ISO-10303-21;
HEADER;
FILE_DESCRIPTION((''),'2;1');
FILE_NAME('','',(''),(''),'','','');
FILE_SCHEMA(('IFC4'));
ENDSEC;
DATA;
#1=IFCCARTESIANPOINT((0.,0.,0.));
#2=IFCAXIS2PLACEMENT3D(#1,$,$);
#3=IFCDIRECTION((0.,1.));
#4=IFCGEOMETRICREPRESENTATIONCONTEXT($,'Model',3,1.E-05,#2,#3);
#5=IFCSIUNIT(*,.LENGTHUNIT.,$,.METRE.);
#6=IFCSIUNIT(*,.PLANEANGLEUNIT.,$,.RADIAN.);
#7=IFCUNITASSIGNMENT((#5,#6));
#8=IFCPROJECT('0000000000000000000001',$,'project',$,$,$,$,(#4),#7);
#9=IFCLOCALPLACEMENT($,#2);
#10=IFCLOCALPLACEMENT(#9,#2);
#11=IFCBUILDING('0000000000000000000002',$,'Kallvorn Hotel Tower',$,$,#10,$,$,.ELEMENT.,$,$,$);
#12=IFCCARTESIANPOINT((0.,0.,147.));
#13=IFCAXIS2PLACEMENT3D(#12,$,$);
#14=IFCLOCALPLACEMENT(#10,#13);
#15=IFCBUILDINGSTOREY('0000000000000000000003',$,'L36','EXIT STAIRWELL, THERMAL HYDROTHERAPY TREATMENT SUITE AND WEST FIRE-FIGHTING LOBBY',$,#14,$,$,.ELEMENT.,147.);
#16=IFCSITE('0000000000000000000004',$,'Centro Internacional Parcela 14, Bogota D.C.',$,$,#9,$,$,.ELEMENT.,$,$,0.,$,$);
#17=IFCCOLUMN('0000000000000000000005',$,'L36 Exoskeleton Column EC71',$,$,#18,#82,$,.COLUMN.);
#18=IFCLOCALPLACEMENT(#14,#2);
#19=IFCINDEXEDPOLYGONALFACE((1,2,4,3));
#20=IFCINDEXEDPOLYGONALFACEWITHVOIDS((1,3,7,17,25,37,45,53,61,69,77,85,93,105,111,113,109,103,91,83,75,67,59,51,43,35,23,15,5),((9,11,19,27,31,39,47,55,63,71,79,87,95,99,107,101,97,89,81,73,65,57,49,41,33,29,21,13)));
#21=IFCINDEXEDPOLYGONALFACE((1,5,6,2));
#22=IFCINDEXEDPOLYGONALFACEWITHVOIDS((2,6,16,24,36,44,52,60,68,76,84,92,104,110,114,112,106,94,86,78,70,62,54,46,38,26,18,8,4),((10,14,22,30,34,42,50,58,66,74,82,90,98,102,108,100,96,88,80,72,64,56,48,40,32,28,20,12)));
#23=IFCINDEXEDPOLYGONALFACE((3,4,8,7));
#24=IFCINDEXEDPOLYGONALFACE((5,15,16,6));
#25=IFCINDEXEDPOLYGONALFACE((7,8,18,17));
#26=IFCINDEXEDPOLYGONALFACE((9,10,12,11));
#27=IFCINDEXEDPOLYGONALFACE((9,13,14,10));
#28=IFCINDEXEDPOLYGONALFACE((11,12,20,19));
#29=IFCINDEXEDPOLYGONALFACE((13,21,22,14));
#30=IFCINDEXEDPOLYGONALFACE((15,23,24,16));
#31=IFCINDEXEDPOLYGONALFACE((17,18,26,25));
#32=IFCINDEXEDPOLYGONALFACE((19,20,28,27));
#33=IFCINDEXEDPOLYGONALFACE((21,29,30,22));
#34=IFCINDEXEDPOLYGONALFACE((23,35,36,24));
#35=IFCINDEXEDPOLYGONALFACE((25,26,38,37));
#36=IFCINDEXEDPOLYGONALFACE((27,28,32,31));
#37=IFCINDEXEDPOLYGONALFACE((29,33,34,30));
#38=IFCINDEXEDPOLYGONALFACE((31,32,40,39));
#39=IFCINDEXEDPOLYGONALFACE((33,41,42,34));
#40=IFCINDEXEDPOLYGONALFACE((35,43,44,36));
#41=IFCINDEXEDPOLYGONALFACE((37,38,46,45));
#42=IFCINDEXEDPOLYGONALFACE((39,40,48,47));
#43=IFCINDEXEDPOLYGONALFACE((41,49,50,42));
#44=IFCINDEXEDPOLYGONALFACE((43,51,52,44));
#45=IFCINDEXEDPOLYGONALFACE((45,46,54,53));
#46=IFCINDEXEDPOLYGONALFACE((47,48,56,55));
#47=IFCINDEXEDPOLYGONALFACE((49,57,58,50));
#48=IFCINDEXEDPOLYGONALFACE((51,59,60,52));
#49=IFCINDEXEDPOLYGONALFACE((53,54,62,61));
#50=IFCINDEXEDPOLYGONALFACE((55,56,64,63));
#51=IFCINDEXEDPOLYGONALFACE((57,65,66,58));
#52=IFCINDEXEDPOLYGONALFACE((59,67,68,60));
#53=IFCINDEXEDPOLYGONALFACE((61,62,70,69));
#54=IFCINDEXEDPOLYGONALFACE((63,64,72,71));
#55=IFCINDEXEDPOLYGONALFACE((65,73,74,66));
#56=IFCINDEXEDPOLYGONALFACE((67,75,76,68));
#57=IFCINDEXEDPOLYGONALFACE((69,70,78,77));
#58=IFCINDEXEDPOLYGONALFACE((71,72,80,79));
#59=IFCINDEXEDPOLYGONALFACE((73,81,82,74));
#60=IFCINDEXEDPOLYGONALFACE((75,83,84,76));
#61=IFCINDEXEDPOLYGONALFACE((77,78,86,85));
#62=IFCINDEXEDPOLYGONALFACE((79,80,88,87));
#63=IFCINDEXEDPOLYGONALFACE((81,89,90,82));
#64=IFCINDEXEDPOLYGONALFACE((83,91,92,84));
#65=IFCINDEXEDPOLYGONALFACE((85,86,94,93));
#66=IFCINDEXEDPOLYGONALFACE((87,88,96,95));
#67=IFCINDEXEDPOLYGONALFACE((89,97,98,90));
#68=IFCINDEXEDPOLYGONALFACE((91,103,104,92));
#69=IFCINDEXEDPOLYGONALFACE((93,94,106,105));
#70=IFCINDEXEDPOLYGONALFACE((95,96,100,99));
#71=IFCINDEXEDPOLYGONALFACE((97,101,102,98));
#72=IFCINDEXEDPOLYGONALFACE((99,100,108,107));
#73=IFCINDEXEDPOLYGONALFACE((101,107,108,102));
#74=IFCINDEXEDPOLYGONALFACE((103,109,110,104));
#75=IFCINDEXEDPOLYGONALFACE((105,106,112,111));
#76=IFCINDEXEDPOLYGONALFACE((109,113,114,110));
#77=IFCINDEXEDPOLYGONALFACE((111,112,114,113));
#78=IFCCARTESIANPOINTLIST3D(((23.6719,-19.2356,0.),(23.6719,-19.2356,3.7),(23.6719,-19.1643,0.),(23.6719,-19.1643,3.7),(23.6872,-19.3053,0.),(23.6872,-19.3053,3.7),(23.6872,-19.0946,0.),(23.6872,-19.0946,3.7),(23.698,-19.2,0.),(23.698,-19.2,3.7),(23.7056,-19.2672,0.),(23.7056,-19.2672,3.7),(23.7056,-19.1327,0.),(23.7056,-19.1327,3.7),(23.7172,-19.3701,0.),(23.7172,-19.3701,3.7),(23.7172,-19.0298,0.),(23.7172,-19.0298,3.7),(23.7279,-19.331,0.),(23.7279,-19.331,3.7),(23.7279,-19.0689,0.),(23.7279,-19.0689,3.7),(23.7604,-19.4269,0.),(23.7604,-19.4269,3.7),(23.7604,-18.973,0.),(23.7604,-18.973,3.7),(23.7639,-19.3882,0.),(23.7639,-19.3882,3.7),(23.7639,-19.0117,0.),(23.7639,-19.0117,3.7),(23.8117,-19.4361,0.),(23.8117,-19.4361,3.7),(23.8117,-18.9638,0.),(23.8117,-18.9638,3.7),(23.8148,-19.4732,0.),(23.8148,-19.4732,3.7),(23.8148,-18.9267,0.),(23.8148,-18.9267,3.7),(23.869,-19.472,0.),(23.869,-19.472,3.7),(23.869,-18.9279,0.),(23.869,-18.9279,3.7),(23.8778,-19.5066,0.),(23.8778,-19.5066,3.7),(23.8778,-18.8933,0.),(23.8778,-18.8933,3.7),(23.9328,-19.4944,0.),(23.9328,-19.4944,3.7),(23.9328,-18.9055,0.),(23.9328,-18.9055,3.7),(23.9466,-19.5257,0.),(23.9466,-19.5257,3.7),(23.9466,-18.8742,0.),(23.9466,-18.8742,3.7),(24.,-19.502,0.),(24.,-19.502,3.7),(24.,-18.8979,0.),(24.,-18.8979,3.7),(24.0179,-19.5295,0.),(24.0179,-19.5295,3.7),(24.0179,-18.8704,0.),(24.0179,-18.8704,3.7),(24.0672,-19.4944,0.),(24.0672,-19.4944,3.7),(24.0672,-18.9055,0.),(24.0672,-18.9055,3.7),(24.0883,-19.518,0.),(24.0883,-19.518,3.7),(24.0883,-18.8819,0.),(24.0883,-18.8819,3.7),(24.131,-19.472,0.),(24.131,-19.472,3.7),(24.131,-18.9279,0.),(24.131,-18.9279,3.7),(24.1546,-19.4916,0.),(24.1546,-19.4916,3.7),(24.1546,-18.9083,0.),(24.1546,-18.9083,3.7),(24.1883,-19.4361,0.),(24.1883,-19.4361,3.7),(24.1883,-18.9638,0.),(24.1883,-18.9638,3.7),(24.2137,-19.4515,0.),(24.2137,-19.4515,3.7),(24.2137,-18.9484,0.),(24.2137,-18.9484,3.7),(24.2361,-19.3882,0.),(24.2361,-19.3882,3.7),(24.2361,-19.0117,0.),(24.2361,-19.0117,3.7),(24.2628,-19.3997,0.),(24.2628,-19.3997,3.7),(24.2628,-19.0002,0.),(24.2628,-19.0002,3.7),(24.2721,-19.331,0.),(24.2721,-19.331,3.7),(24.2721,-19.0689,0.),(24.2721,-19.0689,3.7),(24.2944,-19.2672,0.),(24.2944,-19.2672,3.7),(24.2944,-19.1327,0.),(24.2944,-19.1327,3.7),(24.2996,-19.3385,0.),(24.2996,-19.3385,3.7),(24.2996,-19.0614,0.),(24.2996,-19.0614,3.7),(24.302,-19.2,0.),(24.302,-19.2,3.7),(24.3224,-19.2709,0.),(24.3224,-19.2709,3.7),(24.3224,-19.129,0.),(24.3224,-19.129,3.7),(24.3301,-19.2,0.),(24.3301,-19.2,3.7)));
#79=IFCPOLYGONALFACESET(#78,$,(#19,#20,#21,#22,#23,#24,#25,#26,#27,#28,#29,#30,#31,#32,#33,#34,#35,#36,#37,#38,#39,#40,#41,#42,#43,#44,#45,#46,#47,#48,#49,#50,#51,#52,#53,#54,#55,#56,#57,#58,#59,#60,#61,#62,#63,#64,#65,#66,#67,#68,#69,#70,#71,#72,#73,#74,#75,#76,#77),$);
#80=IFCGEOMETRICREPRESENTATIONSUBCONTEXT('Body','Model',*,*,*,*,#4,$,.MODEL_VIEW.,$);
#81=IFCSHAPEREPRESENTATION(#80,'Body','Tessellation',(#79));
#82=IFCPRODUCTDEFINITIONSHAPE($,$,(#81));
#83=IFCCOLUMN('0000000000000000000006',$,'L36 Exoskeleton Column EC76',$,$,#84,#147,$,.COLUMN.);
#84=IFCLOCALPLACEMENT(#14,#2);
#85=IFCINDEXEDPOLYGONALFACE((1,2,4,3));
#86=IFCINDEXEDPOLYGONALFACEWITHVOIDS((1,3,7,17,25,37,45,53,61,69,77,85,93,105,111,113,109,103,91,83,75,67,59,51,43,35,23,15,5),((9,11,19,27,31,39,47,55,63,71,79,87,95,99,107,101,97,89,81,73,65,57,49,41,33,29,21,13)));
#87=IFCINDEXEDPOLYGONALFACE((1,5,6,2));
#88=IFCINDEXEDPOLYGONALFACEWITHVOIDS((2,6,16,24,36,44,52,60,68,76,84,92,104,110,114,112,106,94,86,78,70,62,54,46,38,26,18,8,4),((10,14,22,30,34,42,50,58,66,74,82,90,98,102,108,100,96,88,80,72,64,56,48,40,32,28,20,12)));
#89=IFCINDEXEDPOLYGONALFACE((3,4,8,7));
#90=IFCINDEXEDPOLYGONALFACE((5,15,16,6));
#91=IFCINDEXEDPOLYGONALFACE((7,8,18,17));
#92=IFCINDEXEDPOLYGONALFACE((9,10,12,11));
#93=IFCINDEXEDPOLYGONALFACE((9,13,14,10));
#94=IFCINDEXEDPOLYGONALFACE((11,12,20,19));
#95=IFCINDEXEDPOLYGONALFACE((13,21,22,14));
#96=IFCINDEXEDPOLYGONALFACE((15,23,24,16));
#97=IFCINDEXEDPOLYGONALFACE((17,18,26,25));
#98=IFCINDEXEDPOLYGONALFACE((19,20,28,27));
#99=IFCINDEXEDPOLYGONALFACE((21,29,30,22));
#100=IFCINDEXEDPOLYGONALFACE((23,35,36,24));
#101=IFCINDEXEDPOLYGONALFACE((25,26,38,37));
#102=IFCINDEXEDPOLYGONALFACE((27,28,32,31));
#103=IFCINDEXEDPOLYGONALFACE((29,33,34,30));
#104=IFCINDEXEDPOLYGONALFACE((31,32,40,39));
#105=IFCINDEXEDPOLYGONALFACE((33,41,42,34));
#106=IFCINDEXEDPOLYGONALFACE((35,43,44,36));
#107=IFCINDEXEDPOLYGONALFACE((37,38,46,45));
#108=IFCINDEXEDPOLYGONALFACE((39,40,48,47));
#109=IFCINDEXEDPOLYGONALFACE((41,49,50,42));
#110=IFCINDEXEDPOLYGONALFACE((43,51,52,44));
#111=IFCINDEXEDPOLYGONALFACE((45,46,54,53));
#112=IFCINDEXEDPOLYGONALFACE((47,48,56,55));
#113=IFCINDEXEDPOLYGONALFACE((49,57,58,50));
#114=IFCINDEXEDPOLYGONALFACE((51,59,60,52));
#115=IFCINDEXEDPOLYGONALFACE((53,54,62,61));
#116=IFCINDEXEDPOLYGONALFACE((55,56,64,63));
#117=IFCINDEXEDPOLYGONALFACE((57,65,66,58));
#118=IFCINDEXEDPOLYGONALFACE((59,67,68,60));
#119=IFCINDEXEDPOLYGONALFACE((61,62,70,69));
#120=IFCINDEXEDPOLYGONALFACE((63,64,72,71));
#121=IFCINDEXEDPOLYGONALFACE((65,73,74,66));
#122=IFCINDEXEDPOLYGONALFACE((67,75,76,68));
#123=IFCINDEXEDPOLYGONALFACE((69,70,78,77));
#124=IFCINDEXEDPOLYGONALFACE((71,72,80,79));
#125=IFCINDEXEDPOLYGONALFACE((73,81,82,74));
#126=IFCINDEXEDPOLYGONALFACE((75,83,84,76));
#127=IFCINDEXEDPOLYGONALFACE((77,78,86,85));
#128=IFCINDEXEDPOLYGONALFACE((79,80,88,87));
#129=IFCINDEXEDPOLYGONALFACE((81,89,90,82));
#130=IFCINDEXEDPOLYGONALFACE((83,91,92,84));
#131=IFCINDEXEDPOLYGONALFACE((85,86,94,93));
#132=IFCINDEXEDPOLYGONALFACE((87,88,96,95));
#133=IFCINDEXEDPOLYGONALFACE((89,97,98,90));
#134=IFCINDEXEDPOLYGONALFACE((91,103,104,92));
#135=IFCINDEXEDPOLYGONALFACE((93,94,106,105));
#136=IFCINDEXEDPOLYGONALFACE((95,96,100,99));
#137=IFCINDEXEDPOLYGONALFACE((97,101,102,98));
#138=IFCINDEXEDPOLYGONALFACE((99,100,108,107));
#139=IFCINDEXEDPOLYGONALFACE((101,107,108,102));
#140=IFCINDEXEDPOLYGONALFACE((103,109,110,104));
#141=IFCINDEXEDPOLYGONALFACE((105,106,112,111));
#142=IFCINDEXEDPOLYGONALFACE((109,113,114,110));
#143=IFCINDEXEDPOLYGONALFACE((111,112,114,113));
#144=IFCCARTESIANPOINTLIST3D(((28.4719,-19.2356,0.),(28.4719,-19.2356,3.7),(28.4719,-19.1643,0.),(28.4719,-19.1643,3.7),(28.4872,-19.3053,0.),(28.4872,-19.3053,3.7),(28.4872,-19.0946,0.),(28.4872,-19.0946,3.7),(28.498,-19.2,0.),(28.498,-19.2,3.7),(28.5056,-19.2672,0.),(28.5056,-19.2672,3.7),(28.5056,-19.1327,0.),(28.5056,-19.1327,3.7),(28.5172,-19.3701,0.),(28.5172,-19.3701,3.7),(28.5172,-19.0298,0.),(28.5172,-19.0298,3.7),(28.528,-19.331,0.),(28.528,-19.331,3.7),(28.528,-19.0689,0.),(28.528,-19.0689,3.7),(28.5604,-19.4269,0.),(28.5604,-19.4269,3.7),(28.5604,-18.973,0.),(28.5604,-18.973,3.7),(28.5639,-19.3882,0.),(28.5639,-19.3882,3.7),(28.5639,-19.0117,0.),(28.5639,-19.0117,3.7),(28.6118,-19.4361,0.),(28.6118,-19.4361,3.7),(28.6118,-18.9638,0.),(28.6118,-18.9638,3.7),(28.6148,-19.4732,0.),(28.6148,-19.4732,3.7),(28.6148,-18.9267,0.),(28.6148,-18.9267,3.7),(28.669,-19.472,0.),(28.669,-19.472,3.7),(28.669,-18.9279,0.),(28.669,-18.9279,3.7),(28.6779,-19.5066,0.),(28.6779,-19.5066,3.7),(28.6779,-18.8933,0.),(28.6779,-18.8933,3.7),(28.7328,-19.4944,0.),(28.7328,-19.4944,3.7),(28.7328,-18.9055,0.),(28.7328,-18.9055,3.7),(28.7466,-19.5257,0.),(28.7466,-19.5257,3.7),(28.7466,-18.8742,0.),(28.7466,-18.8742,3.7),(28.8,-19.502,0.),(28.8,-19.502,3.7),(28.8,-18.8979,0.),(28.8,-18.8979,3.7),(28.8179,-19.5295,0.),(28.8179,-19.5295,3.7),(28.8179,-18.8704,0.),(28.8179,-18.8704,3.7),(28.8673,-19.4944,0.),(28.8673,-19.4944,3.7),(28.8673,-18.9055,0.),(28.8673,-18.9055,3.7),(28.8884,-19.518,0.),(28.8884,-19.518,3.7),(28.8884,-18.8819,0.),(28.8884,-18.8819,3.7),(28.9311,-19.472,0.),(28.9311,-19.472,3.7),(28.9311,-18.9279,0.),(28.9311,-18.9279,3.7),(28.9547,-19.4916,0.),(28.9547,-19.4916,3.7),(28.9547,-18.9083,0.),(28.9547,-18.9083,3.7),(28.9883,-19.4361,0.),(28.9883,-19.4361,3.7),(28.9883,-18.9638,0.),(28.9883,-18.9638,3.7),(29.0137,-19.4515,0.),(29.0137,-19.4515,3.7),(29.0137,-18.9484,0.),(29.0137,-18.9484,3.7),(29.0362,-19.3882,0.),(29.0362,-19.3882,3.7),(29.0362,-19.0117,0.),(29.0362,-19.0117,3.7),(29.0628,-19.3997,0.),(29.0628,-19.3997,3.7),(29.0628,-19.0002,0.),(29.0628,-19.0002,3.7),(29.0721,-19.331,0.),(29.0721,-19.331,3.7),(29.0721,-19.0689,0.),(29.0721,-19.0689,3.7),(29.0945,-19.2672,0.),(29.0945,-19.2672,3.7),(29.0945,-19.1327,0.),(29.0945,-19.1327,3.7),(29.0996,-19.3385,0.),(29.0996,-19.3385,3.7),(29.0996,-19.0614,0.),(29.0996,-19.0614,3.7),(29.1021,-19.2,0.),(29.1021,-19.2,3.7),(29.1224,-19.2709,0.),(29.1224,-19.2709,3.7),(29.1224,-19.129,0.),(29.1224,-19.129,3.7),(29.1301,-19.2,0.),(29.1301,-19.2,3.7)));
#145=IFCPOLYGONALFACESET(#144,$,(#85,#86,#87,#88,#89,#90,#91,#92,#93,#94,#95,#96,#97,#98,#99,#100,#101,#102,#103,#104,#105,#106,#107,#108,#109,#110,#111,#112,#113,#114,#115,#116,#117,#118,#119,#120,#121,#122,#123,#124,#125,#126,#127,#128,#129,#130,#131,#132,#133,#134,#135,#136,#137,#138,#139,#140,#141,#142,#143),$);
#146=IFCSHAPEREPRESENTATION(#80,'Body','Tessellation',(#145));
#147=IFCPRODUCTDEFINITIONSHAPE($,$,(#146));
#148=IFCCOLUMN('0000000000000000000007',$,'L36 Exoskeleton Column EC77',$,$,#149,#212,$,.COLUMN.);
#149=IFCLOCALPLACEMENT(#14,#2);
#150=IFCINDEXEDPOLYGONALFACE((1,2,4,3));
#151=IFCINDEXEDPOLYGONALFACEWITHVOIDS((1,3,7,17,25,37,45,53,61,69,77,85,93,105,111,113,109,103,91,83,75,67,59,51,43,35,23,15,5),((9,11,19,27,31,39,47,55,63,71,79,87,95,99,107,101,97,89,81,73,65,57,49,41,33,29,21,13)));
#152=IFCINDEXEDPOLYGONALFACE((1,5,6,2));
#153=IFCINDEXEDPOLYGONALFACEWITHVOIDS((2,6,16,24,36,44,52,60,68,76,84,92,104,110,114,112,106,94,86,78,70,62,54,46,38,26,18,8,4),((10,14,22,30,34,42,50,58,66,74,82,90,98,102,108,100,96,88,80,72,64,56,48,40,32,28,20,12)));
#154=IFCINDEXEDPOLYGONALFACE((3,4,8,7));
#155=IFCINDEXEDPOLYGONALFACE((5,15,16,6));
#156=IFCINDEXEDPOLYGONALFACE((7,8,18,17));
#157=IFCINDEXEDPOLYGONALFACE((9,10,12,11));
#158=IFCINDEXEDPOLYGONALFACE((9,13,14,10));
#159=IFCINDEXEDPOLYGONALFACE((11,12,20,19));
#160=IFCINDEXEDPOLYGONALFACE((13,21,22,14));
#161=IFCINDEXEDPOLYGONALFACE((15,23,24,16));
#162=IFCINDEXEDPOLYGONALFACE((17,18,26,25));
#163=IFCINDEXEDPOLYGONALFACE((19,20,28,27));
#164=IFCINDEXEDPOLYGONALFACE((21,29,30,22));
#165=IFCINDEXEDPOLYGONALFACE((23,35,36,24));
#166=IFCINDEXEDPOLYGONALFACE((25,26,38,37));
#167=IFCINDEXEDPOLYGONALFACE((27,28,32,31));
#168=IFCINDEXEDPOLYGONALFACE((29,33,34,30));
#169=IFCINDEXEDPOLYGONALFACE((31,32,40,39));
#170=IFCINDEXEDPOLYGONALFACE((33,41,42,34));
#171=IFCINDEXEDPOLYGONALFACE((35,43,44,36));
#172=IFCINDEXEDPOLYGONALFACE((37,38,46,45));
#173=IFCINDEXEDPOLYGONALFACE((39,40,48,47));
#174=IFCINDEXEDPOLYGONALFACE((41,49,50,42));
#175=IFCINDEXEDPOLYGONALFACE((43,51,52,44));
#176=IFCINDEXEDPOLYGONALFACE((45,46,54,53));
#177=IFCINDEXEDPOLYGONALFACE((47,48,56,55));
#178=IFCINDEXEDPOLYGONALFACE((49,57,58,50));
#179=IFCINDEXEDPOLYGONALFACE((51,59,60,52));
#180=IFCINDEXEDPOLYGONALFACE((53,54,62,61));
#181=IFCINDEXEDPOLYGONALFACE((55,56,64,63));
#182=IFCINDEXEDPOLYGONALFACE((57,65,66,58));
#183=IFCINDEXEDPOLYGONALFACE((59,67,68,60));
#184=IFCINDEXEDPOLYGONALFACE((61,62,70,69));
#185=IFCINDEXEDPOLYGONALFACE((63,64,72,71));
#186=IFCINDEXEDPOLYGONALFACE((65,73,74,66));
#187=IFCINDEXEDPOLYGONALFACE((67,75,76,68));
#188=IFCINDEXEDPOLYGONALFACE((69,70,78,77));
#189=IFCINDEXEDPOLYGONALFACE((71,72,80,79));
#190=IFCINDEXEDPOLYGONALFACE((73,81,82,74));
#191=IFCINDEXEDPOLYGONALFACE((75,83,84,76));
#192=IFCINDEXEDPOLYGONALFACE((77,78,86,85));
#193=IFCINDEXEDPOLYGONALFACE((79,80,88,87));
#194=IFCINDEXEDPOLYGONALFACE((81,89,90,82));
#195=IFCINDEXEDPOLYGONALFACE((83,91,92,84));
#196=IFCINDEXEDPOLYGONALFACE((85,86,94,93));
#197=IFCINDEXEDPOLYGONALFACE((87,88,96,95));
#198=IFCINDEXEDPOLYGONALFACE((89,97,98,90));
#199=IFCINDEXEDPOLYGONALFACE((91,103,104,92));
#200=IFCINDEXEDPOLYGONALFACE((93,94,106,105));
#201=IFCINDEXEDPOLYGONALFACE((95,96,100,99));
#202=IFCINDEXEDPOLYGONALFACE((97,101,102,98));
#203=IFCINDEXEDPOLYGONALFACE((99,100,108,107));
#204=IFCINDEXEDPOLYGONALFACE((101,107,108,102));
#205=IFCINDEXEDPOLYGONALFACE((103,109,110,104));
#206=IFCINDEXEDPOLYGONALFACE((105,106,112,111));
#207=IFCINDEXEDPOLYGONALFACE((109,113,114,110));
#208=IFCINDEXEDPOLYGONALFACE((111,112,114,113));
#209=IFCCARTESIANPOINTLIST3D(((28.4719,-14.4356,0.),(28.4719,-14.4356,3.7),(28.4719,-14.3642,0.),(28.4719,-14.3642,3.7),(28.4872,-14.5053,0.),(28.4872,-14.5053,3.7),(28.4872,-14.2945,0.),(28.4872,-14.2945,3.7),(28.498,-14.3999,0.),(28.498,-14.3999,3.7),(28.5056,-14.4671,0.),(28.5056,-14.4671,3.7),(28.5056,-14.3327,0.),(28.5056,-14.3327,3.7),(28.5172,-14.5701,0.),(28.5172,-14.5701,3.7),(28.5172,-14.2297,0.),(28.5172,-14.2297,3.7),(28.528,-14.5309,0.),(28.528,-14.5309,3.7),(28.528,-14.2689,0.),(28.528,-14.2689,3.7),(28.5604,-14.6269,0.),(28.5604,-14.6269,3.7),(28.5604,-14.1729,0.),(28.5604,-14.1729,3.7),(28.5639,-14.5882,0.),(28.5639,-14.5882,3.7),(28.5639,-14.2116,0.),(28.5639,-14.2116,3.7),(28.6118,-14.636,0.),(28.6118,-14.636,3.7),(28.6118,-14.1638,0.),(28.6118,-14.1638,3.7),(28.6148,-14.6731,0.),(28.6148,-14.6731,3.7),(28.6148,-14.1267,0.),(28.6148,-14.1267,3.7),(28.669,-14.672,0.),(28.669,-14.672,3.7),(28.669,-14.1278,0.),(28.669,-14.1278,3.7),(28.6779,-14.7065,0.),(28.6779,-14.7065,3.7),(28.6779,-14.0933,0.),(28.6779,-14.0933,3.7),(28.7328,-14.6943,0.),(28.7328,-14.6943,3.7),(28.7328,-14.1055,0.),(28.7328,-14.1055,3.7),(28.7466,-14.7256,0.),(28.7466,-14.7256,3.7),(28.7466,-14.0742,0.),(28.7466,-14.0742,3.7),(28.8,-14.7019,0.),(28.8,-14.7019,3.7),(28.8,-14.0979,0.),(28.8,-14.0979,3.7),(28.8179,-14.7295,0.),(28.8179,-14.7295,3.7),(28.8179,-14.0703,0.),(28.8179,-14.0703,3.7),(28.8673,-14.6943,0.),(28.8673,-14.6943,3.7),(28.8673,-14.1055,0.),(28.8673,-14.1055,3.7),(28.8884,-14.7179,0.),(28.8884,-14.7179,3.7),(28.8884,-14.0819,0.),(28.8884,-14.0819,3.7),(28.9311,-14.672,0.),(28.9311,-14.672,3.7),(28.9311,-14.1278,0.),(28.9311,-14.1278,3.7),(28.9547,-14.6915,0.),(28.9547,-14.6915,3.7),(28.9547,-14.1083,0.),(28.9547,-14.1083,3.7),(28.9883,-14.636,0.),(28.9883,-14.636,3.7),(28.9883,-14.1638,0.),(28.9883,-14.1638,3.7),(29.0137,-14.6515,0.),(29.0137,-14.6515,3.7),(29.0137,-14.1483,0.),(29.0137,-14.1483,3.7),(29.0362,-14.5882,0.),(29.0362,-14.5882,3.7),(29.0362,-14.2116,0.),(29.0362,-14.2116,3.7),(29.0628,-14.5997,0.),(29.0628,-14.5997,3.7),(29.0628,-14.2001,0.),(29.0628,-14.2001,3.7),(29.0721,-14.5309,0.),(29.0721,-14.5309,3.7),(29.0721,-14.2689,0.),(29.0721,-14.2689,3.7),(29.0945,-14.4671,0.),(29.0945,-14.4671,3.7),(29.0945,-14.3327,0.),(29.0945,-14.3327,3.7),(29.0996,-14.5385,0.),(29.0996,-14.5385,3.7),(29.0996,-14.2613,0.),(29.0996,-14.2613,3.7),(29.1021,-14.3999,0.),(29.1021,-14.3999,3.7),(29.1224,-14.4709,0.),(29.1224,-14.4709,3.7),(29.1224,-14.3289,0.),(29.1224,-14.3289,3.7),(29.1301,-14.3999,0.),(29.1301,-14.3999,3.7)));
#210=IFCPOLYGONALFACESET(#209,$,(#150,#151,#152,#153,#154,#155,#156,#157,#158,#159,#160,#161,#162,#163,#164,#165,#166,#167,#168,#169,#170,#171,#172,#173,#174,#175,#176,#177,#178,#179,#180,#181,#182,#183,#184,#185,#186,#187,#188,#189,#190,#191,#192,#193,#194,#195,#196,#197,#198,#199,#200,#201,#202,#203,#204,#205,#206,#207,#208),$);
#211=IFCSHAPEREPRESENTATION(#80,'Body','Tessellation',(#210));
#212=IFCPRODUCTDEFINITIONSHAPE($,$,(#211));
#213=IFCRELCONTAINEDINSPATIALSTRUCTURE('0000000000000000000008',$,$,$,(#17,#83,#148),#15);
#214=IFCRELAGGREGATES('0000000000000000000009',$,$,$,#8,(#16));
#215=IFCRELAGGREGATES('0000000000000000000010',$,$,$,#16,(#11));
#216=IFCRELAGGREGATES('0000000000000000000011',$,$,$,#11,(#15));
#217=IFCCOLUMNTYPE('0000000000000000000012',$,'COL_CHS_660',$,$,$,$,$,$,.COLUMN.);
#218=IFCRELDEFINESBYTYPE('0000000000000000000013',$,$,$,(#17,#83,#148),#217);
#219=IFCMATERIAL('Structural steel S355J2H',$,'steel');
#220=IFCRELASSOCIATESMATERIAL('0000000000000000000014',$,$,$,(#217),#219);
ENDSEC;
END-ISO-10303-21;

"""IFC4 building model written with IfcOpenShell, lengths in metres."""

from ifc_helpers import new_model, si_unit, direction, frame, origin, origin_2d, place, context, subcontext, project, spatial, hollow_circle, extrude, material, material_profile, profile_set, type_object, element, save


model = new_model("IFC4")

# Units and contexts
model_context = context("Model", 3, precision=1e-05, world=origin(), true_north=direction((0.0, 1.0)))
body_context = subcontext(model_context, "Body", "Model", "MODEL_VIEW")
ifc_project = project(units=[si_unit("LENGTHUNIT", "METRE"), si_unit("PLANEANGLEUNIT", "RADIAN")], contexts=[model_context])

# Site, building, storey
site_placement = place(None, origin())
site = spatial("IfcSite", under=ifc_project, at=site_placement, Name="Centro Internacional Parcela 14, Bogota D.C.", CompositionType="ELEMENT", RefElevation=0.0)
building_placement = place(site_placement, origin())
building = spatial("IfcBuilding", under=site, at=building_placement, Name="Kallvorn Hotel Tower", CompositionType="ELEMENT")
storey_placement = place(building_placement, frame((0.0, 0.0, 147.0)))
storey = spatial("IfcBuildingStorey", under=building, at=storey_placement, Name="L36", Description="EXIT STAIRWELL, THERMAL HYDROTHERAPY TREATMENT SUITE AND WEST FIRE-FIGHTING LOBBY", CompositionType="ELEMENT", Elevation=147.0)

# Columns
ifc_material_1 = material(Name="Structural steel S355J2H", Category="steel")
ifc_material_profile_1 = material_profile(ifc_material_1, hollow_circle(Radius=0.3301, WallThickness=0.0281, at=origin_2d()), Name="CHS 660x28")
ifc_profile_set_1 = profile_set([ifc_material_profile_1], Name="Structural steel S355J2H")
column_type_1 = type_object("IfcColumnType", Name="COL_CHS_660", PredefinedType="COLUMN", material=ifc_profile_set_1)
for number, where, z_axis, x_axis, name in (
    (1, (24.0, -19.2, 0.0), (0.0, 0.0, 1.0), (1.0, 0.0, 0.0), "L36 Exoskeleton Column EC71"),
    (2, (28.8, -19.2, 0.0), (0.0, 0.0, 1.0), (1.0, 0.0, 0.0), "L36 Exoskeleton Column EC76"),
    (3, (28.8, -14.3999, 0.0), (0.0, 0.0, 1.0), (1.0, 0.0, 0.0), "L36 Exoskeleton Column EC77"),
):
    element("IfcColumn", number, at=place(storey_placement, frame(where, z_axis=z_axis, x_axis=x_axis)), inside=storey, type_object=column_type_1, Name=name, PredefinedType="COLUMN", context=body_context, shape_type="SweptSolid", body=[
        extrude(hollow_circle(Radius=0.3301, WallThickness=0.0281, at=origin_2d()), origin(), (0.0, 0.0, 1.0), 3.7),
    ])

save(model, "model.ifc")
